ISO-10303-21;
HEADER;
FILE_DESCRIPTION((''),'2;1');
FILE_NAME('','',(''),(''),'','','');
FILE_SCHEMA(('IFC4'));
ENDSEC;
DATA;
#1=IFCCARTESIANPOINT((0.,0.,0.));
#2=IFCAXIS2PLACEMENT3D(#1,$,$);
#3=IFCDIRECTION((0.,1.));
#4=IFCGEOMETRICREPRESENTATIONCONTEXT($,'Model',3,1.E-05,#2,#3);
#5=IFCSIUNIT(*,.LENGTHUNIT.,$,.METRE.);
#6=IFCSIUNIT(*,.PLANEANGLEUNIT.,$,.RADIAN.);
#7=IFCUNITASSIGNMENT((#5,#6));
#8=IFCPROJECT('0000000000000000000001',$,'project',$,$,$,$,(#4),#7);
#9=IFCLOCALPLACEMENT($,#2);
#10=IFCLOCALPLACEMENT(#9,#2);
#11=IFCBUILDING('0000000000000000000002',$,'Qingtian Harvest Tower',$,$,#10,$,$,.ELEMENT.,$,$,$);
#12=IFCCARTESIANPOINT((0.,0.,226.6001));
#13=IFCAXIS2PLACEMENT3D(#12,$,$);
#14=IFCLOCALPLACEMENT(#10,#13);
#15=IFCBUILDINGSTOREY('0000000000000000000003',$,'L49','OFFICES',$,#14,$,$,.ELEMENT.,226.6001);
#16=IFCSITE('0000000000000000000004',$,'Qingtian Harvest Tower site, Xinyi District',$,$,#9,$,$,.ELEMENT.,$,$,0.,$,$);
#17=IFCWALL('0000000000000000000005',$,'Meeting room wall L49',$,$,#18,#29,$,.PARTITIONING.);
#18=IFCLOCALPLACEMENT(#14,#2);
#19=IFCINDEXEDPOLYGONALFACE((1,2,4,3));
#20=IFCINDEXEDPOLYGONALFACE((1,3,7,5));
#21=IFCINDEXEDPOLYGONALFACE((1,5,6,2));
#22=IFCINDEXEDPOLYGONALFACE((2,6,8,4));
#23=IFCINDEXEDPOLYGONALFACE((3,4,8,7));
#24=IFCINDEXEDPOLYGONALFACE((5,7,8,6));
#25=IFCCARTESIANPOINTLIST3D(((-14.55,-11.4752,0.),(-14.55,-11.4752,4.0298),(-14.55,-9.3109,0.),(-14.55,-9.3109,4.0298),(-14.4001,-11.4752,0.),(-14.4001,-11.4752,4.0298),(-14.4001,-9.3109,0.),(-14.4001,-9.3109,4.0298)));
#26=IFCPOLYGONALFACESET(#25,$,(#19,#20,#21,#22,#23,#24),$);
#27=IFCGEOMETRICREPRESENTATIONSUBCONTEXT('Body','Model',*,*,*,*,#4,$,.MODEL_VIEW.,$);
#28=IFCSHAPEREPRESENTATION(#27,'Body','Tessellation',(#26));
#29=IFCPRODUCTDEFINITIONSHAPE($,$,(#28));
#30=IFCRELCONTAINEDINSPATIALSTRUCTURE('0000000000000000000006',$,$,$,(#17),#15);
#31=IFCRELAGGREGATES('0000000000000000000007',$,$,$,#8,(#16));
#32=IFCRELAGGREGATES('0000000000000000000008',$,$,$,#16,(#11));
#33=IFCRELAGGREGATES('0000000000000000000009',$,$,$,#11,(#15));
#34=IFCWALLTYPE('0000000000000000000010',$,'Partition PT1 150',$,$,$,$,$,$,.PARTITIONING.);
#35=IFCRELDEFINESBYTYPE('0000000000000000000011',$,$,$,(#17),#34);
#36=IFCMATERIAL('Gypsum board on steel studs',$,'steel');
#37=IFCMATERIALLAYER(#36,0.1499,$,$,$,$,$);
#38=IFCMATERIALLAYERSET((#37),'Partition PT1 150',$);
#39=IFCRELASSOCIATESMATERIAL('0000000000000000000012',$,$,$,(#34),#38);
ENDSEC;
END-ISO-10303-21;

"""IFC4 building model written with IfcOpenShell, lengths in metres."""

from ifc_helpers import new_model, si_unit, direction, frame, frame_2d, origin, place, context, subcontext, project, spatial, rectangle, extrude, material, layer, layer_set, type_object, element, save


model = new_model("IFC4")

# Units and contexts
model_context = context("Model", 3, precision=1e-05, world=origin(), true_north=direction((0.0, 1.0)))
body_context = subcontext(model_context, "Body", "Model", "MODEL_VIEW")
ifc_project = project(units=[si_unit("LENGTHUNIT", "METRE"), si_unit("PLANEANGLEUNIT", "RADIAN")], contexts=[model_context])

# Site, building, storey
site_placement = place(None, origin())
site = spatial("IfcSite", under=ifc_project, at=site_placement, Name="Qingtian Harvest Tower site, Xinyi District", CompositionType="ELEMENT", RefElevation=0.0)
building_placement = place(site_placement, origin())
building = spatial("IfcBuilding", under=site, at=building_placement, Name="Qingtian Harvest Tower", CompositionType="ELEMENT")
storey_placement = place(building_placement, frame((0.0, 0.0, 226.6001)))
storey = spatial("IfcBuildingStorey", under=building, at=storey_placement, Name="L49", Description="OFFICES", CompositionType="ELEMENT", Elevation=226.6001)

# Shared definitions
ifc_material_1 = material(Name="Gypsum board on steel studs", Category="steel")
ifc_layer_1 = layer(ifc_material_1, 0.1499)
ifc_layer_set_1 = layer_set([ifc_layer_1], Name="Partition PT1 150")
wall_type_1 = type_object("IfcWallType", Name="Partition PT1 150", PredefinedType="PARTITIONING", material=ifc_layer_set_1)

# Wall
wall_1_placement = place(storey_placement, frame((-14.4751, -11.4751, 0.0), z_axis=(0.0, 0.0, 1.0), x_axis=(0.0, 1.0, 0.0)))
element("IfcWall", 1, at=wall_1_placement, inside=storey, type_object=wall_type_1, Name="Meeting room wall L49", PredefinedType="PARTITIONING", context=body_context, shape_type="SweptSolid", body=[
    extrude(rectangle(XDim=2.1643, YDim=0.1499, at=frame_2d((1.082, 0.0))), origin(), (0.0, 0.0, 1.0), 4.0298),
])

save(model, "model.ifc")
